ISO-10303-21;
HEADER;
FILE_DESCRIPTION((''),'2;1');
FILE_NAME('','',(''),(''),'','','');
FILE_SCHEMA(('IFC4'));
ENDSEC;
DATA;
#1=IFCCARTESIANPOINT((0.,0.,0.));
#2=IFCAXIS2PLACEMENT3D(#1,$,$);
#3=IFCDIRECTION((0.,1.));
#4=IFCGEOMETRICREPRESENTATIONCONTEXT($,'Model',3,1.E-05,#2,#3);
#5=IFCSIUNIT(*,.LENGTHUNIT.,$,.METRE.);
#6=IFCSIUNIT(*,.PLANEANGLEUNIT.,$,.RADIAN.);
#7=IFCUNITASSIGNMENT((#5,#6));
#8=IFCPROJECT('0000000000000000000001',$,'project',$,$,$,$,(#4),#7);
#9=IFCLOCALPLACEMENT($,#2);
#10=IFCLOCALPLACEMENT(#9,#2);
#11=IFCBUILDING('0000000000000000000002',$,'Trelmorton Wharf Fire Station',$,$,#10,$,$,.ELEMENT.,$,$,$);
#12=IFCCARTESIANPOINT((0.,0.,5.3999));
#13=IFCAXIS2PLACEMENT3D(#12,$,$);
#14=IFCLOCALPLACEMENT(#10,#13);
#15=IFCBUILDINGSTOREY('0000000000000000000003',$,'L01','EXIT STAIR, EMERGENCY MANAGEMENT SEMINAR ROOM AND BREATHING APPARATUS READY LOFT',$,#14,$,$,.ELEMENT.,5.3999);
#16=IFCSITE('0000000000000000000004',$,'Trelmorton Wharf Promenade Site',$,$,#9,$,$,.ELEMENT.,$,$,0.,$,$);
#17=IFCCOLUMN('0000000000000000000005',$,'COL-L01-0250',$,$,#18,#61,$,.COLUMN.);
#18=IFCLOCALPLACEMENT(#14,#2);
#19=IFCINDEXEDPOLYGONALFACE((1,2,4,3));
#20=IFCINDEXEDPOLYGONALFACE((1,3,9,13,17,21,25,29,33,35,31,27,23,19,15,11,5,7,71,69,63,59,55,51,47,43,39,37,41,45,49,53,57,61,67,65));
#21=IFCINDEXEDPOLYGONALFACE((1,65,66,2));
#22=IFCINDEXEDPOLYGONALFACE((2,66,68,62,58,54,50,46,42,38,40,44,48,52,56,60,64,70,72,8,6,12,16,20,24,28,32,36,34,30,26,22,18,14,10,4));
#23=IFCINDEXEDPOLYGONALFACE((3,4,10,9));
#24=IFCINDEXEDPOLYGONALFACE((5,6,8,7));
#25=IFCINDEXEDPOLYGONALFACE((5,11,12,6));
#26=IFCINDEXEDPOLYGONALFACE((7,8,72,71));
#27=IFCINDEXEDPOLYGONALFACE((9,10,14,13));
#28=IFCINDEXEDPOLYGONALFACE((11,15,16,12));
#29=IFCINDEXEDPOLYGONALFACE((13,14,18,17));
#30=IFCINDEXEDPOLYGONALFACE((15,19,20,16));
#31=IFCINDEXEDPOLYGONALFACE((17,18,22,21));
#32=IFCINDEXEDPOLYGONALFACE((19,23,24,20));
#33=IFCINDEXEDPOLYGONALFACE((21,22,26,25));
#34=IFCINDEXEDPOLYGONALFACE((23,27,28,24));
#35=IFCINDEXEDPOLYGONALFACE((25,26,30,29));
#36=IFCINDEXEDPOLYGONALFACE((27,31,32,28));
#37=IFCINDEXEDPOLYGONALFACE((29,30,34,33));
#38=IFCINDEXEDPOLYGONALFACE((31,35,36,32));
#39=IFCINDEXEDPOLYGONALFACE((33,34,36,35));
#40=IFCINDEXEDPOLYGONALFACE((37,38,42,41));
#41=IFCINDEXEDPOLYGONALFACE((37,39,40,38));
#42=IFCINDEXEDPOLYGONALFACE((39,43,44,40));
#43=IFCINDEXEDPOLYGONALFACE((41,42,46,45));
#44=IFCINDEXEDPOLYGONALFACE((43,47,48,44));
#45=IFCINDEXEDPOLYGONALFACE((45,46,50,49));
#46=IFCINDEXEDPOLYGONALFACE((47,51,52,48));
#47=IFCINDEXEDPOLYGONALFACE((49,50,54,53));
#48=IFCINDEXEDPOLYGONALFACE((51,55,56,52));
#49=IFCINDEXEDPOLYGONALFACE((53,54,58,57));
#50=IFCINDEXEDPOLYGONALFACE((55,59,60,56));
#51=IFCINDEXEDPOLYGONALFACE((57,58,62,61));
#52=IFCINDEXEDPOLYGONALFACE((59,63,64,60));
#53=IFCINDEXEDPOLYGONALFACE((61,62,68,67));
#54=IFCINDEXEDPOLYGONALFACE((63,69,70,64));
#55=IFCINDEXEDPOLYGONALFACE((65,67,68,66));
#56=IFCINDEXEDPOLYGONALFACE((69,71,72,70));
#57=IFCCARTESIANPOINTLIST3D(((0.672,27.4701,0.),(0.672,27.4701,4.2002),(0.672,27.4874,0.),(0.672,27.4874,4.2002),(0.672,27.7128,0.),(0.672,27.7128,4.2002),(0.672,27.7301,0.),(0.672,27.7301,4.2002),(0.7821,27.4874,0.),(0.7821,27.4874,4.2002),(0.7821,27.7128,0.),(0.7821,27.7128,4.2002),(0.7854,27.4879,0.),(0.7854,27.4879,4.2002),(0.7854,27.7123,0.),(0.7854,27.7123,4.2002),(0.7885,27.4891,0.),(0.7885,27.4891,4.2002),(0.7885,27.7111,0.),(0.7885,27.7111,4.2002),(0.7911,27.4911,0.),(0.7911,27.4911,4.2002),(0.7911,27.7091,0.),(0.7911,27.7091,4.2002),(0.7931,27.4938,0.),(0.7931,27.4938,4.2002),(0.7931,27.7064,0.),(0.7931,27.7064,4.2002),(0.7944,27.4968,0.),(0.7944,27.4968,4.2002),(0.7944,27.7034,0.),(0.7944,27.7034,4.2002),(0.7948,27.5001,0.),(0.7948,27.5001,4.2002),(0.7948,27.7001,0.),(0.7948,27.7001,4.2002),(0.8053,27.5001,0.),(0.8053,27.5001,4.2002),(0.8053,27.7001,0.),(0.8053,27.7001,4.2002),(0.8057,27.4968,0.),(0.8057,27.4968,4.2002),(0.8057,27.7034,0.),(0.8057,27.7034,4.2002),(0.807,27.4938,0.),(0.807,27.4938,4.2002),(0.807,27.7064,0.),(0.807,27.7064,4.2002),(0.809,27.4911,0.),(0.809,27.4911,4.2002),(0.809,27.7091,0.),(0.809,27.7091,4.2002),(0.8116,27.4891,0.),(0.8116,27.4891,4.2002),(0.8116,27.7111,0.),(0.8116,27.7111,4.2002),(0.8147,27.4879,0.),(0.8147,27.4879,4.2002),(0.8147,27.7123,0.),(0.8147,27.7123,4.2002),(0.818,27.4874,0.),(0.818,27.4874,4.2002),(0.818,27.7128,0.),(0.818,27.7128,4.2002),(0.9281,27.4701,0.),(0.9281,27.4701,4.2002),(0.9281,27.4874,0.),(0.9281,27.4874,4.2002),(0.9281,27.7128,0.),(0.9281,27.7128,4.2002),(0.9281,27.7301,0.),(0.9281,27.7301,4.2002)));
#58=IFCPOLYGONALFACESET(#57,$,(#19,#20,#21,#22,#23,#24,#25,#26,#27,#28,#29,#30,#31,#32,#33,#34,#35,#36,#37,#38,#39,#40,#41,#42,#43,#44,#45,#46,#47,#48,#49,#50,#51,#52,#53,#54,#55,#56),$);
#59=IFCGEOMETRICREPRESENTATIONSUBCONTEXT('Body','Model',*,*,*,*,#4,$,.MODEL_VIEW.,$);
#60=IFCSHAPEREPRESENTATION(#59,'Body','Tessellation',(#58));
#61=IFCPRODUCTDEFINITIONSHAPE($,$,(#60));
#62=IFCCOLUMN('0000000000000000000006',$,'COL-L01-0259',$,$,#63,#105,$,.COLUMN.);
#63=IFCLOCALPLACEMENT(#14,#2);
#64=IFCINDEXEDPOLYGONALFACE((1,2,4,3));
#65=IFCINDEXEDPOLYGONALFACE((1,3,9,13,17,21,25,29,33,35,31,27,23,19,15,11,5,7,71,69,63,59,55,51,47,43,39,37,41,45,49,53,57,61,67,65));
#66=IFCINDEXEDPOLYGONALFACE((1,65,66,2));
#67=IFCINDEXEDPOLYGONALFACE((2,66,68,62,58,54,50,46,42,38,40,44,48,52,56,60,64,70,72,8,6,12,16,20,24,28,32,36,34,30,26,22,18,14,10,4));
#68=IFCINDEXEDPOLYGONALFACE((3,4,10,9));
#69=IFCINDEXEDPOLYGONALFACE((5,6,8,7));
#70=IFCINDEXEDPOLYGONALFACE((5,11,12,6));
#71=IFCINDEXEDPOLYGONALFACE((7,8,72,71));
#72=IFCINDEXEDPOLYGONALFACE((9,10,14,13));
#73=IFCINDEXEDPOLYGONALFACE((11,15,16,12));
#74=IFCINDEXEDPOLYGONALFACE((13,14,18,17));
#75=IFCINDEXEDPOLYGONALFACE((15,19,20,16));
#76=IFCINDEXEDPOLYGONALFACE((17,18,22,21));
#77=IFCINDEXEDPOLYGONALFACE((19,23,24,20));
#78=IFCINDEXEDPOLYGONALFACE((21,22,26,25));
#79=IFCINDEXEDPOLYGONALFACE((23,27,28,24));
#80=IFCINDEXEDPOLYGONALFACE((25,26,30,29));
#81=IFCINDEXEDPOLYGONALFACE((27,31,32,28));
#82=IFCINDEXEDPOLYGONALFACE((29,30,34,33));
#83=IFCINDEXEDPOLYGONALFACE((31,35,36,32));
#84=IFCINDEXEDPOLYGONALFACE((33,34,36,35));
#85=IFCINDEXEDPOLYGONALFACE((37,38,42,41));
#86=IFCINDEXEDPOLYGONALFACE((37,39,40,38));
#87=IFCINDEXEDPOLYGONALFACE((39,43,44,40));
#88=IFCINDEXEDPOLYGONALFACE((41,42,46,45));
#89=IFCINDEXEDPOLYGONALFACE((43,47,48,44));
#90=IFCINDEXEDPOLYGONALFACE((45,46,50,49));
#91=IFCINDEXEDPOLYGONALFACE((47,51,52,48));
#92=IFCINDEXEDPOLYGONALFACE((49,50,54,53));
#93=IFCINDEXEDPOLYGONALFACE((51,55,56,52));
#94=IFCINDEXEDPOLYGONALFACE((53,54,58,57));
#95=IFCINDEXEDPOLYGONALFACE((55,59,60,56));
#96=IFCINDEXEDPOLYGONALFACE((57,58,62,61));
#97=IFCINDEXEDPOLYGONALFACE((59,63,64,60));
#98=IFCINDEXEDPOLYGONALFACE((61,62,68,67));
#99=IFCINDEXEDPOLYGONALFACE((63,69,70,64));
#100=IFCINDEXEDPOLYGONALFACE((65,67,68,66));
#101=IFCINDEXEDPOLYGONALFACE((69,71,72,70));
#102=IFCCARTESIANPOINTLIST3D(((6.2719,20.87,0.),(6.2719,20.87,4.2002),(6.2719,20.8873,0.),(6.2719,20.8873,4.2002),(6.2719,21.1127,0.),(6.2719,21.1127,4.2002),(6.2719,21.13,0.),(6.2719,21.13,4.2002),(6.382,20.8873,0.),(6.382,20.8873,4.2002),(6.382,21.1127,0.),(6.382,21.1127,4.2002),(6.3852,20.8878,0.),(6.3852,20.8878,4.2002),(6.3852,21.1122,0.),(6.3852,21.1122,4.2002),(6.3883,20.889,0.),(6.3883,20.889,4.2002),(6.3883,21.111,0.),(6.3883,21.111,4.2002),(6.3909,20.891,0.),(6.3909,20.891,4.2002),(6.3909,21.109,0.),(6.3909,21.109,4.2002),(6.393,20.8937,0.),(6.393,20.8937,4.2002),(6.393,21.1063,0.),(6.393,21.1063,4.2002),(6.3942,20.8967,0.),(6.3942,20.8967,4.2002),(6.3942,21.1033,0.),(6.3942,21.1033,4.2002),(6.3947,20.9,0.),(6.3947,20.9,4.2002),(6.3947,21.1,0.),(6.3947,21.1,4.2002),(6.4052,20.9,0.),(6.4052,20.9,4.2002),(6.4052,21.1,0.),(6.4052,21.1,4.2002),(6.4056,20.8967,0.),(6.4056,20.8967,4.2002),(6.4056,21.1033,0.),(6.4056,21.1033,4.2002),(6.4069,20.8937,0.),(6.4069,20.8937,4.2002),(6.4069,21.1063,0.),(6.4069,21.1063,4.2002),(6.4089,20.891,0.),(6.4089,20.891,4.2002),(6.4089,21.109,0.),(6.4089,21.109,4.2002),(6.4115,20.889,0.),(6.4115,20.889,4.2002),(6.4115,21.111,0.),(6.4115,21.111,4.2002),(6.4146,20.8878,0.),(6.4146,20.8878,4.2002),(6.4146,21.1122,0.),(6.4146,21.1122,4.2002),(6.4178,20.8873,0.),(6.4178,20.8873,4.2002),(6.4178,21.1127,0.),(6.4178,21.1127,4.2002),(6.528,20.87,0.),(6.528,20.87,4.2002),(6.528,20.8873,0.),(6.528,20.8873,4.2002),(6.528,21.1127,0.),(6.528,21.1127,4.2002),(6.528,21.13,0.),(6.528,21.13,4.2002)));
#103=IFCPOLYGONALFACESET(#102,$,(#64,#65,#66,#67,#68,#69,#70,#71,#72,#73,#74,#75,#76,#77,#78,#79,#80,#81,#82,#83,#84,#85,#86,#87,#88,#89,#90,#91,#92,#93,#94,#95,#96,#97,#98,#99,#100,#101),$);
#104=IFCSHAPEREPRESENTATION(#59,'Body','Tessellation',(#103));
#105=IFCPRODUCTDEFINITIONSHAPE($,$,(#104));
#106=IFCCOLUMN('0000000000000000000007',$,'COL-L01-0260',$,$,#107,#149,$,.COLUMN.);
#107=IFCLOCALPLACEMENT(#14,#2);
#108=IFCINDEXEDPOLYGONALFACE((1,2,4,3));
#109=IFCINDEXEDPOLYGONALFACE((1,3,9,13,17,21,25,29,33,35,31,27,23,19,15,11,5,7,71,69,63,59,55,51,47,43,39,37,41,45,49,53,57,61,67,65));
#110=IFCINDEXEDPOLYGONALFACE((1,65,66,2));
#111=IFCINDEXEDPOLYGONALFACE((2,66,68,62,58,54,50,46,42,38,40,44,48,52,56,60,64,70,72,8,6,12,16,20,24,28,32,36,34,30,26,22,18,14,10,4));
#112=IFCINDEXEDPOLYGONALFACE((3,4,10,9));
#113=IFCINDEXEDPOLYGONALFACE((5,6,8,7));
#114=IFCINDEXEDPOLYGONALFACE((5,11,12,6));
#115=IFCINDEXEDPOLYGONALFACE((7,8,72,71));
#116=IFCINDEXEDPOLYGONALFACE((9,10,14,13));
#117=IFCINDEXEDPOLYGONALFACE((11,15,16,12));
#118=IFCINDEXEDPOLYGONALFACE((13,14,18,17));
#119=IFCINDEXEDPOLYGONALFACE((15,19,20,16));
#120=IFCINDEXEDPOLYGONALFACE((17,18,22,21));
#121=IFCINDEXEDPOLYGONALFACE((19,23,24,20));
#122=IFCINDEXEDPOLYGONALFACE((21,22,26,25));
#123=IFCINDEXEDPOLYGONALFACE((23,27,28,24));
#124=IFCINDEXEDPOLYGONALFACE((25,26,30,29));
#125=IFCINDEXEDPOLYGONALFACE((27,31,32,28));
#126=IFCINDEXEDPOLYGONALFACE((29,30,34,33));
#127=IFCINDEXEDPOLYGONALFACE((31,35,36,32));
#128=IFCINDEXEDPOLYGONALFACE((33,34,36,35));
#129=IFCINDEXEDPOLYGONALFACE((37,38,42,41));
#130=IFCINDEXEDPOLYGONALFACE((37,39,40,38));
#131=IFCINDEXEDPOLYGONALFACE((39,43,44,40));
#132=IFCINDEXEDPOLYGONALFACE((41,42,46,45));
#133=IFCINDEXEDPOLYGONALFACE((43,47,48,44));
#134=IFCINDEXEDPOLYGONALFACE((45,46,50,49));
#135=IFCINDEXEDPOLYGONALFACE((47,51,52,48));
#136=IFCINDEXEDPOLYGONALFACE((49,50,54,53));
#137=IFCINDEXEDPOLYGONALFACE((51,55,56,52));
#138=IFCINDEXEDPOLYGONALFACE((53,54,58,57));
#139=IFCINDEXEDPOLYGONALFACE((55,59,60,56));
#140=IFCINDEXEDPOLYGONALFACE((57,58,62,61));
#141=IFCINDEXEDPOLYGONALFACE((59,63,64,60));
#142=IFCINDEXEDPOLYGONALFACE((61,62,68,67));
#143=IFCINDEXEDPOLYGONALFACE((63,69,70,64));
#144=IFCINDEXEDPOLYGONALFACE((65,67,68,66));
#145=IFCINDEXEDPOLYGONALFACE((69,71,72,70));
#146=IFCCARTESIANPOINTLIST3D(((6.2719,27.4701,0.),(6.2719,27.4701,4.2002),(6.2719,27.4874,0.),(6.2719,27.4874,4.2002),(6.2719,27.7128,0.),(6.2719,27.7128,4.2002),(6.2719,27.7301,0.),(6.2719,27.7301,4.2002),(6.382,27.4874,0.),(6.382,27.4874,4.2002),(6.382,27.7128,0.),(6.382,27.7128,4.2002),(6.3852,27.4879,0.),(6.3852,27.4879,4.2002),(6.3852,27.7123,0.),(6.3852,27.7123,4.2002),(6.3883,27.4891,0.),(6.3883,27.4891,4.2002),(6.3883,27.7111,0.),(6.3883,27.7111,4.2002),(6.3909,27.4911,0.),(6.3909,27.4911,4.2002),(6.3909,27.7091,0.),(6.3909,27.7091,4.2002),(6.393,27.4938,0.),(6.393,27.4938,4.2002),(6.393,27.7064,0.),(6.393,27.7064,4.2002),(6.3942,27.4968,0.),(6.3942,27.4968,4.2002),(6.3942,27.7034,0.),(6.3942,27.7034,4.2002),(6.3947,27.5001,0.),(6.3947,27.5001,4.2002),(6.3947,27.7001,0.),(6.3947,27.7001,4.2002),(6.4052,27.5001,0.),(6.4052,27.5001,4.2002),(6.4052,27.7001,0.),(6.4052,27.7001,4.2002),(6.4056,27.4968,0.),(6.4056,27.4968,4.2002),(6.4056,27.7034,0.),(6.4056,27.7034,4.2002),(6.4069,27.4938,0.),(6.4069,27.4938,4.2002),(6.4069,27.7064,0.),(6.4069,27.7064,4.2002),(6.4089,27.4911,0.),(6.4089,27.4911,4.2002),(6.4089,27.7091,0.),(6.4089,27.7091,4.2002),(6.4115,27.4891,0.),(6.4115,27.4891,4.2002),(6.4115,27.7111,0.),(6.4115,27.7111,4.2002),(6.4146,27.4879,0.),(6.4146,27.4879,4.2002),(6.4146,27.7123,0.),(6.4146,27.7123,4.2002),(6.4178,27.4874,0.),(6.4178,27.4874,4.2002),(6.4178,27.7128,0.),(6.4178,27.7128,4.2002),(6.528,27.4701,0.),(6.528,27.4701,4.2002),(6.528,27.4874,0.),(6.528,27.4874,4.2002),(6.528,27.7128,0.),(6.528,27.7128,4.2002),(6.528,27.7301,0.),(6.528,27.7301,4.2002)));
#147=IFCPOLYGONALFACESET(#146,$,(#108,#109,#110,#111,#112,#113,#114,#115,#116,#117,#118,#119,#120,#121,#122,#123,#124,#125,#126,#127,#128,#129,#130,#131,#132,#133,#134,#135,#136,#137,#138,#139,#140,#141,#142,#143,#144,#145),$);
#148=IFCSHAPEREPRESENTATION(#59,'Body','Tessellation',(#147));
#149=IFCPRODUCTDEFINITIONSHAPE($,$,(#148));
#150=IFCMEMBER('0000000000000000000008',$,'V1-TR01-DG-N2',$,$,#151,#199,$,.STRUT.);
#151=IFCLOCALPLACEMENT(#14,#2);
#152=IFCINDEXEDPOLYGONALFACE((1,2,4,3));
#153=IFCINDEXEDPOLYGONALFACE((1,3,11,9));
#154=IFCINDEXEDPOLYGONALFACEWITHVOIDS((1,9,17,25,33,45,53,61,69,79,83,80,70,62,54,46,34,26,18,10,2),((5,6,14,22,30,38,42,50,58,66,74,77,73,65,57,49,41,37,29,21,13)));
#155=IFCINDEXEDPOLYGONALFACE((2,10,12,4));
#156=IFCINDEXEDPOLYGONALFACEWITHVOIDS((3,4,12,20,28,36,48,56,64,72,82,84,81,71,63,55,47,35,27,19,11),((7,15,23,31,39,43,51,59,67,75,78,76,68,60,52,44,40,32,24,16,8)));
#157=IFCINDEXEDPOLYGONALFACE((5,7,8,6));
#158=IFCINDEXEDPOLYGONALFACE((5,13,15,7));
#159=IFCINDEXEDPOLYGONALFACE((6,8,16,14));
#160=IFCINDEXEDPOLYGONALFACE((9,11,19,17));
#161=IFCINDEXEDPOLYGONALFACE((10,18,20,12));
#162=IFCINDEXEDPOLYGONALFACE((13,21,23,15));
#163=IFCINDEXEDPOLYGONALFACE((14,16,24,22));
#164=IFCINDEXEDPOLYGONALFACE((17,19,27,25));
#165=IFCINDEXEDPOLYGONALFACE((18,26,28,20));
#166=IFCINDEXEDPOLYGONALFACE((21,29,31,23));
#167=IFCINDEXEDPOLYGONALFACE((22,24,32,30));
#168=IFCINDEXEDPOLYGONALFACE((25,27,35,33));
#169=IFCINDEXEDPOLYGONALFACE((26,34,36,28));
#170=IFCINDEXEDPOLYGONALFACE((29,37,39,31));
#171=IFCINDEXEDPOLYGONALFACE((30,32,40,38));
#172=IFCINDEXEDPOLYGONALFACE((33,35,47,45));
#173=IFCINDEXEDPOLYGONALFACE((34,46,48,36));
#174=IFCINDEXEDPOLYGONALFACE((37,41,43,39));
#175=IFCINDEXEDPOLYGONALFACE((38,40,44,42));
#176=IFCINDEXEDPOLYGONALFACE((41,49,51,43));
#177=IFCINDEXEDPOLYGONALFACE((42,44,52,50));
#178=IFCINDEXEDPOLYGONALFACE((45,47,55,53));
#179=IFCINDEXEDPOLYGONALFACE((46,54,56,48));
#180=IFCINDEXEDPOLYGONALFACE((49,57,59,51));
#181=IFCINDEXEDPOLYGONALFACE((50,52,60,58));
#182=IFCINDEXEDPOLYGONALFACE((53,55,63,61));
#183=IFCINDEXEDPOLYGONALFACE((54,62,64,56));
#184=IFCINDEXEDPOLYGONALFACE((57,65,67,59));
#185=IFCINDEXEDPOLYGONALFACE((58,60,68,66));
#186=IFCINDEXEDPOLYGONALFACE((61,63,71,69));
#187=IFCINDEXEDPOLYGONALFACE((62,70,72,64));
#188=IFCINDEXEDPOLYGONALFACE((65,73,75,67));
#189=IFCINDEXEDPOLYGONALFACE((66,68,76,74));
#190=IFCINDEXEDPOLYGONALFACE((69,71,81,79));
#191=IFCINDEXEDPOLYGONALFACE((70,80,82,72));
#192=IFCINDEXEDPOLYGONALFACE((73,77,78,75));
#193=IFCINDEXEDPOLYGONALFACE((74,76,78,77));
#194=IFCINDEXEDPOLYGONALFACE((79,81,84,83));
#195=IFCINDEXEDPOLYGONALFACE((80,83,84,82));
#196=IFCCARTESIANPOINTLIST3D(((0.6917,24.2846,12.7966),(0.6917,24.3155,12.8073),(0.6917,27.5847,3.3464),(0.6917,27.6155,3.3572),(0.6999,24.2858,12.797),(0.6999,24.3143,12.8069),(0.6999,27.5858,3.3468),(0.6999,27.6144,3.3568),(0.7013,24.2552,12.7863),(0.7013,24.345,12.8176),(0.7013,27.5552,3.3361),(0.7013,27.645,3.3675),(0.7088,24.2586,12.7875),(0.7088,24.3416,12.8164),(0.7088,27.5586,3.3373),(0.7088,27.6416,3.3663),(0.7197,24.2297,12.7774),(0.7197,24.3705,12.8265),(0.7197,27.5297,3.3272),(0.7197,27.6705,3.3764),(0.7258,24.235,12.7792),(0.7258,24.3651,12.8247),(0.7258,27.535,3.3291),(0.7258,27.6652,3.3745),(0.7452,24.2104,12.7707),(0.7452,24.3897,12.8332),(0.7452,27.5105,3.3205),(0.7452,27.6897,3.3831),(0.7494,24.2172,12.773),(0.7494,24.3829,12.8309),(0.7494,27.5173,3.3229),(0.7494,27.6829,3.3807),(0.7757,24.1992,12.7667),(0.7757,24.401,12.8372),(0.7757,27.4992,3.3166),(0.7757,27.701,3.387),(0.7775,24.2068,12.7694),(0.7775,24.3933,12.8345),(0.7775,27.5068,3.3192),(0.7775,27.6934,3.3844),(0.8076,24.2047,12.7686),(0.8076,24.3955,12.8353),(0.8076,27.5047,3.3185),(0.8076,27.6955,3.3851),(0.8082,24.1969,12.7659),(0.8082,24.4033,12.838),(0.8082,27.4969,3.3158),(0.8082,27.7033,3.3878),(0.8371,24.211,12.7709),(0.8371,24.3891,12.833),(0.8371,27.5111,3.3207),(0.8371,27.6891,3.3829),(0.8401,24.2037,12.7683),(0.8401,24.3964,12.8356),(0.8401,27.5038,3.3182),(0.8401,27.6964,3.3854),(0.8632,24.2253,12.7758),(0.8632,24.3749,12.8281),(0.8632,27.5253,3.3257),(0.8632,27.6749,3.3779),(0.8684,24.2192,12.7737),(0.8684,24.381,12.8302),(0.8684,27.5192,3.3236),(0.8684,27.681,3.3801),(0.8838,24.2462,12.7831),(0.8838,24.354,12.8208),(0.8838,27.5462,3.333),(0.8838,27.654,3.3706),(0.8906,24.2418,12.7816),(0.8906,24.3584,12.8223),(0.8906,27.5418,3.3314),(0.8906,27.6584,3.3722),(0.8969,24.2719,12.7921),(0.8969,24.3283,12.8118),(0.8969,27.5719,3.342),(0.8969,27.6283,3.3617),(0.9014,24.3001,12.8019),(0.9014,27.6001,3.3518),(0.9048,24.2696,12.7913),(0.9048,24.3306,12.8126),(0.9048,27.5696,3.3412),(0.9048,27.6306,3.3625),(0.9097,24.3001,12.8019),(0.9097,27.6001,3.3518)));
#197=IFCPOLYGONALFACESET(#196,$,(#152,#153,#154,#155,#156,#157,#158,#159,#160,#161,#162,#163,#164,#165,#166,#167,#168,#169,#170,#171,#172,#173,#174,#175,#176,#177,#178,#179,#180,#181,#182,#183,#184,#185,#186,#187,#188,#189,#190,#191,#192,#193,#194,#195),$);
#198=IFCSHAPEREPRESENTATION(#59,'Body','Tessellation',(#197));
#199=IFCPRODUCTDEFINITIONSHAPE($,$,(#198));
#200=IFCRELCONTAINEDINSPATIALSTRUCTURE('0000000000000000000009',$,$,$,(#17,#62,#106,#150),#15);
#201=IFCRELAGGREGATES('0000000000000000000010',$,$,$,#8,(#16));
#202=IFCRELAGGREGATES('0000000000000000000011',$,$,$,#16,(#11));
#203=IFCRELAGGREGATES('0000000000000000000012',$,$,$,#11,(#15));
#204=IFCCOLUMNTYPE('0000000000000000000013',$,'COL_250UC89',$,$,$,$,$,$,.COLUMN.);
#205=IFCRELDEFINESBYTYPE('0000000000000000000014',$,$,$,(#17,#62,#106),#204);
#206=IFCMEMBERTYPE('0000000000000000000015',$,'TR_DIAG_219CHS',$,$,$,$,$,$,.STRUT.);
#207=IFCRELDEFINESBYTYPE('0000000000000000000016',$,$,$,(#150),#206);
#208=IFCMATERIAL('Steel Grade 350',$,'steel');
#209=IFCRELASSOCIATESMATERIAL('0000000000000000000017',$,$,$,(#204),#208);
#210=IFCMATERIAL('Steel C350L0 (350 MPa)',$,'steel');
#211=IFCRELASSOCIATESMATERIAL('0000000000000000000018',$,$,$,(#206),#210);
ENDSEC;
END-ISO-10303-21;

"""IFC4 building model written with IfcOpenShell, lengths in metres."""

from ifc_helpers import new_model, si_unit, direction, frame, origin, origin_2d, place, context, subcontext, project, spatial, hollow_circle, i_section, extrude, material, material_profile, profile_set, type_object, element, save


model = new_model("IFC4")

# Units and contexts
model_context = context("Model", 3, precision=1e-05, world=origin(), true_north=direction((0.0, 1.0)))
body_context = subcontext(model_context, "Body", "Model", "MODEL_VIEW")
ifc_project = project(units=[si_unit("LENGTHUNIT", "METRE"), si_unit("PLANEANGLEUNIT", "RADIAN")], contexts=[model_context])

# Site, building, storey
site_placement = place(None, origin())
site = spatial("IfcSite", under=ifc_project, at=site_placement, Name="Trelmorton Wharf Promenade Site", CompositionType="ELEMENT", RefElevation=0.0)
building_placement = place(site_placement, origin())
building = spatial("IfcBuilding", under=site, at=building_placement, Name="Trelmorton Wharf Fire Station", CompositionType="ELEMENT")
storey_placement = place(building_placement, frame((0.0, 0.0, 5.3999)))
storey = spatial("IfcBuildingStorey", under=building, at=storey_placement, Name="L01", Description="EXIT STAIR, EMERGENCY MANAGEMENT SEMINAR ROOM AND BREATHING APPARATUS READY LOFT", CompositionType="ELEMENT", Elevation=5.3999)

# Columns
ifc_material_1 = material(Name="Steel Grade 350", Category="steel")
ifc_material_profile_1 = material_profile(ifc_material_1, i_section(OverallWidth=0.2561, OverallDepth=0.26, WebThickness=0.0105, FlangeThickness=0.0173, FilletRadius=0.0127, at=origin_2d()), Name="250UC89.5")
ifc_profile_set_1 = profile_set([ifc_material_profile_1], Name="Steel Grade 350")
column_type = type_object("IfcColumnType", Name="COL_250UC89", PredefinedType="COLUMN", material=ifc_profile_set_1)
for number, where, z_axis, x_axis, name in (
    (1, (0.8, 27.6001, 0.0), (0.0, 0.0, 1.0), (1.0, 0.0, 0.0), "COL-L01-0250"),
    (2, (6.3999, 21.0, 0.0), (0.0, 0.0, 1.0), (1.0, 0.0, 0.0), "COL-L01-0259"),
    (3, (6.3999, 27.6001, 0.0), (0.0, 0.0, 1.0), (1.0, 0.0, 0.0), "COL-L01-0260"),
):
    element("IfcColumn", number, at=place(storey_placement, frame(where, z_axis=z_axis, x_axis=x_axis)), inside=storey, type_object=column_type, Name=name, PredefinedType="COLUMN", context=body_context, shape_type="SweptSolid", body=[
        extrude(i_section(OverallWidth=0.2561, OverallDepth=0.26, WebThickness=0.0105, FlangeThickness=0.0173, FilletRadius=0.0127, at=origin_2d()), origin(), (0.0, 0.0, 1.0), 4.2002),
    ])

# Member
ifc_material_2 = material(Name="Steel C350L0 (350 MPa)", Category="steel")
ifc_material_profile_2 = material_profile(ifc_material_2, hollow_circle(Radius=0.1096, WallThickness=0.0083, at=origin_2d()), Name="219.1x8.2CHS")
ifc_profile_set_2 = profile_set([ifc_material_profile_2], Name="Steel C350L0 (350 MPa)")
member_type_1 = type_object("IfcMemberType", Name="TR_DIAG_219CHS", PredefinedType="STRUT", material=ifc_profile_set_2)
member_1_placement = place(storey_placement, frame((0.8, 27.6001, 3.3518), z_axis=(0.0, -0.329681, 0.944092), x_axis=(1.0, 0.0, 0.0)))
element("IfcMember", 4, at=member_1_placement, inside=storey, type_object=member_type_1, Name="V1-TR01-DG-N2", PredefinedType="STRUT", context=body_context, shape_type="SweptSolid", body=[
    extrude(hollow_circle(Radius=0.1096, WallThickness=0.0083, at=origin_2d()), origin(), (0.0, 0.0, 1.0), 10.0098),
])

save(model, "model.ifc")
